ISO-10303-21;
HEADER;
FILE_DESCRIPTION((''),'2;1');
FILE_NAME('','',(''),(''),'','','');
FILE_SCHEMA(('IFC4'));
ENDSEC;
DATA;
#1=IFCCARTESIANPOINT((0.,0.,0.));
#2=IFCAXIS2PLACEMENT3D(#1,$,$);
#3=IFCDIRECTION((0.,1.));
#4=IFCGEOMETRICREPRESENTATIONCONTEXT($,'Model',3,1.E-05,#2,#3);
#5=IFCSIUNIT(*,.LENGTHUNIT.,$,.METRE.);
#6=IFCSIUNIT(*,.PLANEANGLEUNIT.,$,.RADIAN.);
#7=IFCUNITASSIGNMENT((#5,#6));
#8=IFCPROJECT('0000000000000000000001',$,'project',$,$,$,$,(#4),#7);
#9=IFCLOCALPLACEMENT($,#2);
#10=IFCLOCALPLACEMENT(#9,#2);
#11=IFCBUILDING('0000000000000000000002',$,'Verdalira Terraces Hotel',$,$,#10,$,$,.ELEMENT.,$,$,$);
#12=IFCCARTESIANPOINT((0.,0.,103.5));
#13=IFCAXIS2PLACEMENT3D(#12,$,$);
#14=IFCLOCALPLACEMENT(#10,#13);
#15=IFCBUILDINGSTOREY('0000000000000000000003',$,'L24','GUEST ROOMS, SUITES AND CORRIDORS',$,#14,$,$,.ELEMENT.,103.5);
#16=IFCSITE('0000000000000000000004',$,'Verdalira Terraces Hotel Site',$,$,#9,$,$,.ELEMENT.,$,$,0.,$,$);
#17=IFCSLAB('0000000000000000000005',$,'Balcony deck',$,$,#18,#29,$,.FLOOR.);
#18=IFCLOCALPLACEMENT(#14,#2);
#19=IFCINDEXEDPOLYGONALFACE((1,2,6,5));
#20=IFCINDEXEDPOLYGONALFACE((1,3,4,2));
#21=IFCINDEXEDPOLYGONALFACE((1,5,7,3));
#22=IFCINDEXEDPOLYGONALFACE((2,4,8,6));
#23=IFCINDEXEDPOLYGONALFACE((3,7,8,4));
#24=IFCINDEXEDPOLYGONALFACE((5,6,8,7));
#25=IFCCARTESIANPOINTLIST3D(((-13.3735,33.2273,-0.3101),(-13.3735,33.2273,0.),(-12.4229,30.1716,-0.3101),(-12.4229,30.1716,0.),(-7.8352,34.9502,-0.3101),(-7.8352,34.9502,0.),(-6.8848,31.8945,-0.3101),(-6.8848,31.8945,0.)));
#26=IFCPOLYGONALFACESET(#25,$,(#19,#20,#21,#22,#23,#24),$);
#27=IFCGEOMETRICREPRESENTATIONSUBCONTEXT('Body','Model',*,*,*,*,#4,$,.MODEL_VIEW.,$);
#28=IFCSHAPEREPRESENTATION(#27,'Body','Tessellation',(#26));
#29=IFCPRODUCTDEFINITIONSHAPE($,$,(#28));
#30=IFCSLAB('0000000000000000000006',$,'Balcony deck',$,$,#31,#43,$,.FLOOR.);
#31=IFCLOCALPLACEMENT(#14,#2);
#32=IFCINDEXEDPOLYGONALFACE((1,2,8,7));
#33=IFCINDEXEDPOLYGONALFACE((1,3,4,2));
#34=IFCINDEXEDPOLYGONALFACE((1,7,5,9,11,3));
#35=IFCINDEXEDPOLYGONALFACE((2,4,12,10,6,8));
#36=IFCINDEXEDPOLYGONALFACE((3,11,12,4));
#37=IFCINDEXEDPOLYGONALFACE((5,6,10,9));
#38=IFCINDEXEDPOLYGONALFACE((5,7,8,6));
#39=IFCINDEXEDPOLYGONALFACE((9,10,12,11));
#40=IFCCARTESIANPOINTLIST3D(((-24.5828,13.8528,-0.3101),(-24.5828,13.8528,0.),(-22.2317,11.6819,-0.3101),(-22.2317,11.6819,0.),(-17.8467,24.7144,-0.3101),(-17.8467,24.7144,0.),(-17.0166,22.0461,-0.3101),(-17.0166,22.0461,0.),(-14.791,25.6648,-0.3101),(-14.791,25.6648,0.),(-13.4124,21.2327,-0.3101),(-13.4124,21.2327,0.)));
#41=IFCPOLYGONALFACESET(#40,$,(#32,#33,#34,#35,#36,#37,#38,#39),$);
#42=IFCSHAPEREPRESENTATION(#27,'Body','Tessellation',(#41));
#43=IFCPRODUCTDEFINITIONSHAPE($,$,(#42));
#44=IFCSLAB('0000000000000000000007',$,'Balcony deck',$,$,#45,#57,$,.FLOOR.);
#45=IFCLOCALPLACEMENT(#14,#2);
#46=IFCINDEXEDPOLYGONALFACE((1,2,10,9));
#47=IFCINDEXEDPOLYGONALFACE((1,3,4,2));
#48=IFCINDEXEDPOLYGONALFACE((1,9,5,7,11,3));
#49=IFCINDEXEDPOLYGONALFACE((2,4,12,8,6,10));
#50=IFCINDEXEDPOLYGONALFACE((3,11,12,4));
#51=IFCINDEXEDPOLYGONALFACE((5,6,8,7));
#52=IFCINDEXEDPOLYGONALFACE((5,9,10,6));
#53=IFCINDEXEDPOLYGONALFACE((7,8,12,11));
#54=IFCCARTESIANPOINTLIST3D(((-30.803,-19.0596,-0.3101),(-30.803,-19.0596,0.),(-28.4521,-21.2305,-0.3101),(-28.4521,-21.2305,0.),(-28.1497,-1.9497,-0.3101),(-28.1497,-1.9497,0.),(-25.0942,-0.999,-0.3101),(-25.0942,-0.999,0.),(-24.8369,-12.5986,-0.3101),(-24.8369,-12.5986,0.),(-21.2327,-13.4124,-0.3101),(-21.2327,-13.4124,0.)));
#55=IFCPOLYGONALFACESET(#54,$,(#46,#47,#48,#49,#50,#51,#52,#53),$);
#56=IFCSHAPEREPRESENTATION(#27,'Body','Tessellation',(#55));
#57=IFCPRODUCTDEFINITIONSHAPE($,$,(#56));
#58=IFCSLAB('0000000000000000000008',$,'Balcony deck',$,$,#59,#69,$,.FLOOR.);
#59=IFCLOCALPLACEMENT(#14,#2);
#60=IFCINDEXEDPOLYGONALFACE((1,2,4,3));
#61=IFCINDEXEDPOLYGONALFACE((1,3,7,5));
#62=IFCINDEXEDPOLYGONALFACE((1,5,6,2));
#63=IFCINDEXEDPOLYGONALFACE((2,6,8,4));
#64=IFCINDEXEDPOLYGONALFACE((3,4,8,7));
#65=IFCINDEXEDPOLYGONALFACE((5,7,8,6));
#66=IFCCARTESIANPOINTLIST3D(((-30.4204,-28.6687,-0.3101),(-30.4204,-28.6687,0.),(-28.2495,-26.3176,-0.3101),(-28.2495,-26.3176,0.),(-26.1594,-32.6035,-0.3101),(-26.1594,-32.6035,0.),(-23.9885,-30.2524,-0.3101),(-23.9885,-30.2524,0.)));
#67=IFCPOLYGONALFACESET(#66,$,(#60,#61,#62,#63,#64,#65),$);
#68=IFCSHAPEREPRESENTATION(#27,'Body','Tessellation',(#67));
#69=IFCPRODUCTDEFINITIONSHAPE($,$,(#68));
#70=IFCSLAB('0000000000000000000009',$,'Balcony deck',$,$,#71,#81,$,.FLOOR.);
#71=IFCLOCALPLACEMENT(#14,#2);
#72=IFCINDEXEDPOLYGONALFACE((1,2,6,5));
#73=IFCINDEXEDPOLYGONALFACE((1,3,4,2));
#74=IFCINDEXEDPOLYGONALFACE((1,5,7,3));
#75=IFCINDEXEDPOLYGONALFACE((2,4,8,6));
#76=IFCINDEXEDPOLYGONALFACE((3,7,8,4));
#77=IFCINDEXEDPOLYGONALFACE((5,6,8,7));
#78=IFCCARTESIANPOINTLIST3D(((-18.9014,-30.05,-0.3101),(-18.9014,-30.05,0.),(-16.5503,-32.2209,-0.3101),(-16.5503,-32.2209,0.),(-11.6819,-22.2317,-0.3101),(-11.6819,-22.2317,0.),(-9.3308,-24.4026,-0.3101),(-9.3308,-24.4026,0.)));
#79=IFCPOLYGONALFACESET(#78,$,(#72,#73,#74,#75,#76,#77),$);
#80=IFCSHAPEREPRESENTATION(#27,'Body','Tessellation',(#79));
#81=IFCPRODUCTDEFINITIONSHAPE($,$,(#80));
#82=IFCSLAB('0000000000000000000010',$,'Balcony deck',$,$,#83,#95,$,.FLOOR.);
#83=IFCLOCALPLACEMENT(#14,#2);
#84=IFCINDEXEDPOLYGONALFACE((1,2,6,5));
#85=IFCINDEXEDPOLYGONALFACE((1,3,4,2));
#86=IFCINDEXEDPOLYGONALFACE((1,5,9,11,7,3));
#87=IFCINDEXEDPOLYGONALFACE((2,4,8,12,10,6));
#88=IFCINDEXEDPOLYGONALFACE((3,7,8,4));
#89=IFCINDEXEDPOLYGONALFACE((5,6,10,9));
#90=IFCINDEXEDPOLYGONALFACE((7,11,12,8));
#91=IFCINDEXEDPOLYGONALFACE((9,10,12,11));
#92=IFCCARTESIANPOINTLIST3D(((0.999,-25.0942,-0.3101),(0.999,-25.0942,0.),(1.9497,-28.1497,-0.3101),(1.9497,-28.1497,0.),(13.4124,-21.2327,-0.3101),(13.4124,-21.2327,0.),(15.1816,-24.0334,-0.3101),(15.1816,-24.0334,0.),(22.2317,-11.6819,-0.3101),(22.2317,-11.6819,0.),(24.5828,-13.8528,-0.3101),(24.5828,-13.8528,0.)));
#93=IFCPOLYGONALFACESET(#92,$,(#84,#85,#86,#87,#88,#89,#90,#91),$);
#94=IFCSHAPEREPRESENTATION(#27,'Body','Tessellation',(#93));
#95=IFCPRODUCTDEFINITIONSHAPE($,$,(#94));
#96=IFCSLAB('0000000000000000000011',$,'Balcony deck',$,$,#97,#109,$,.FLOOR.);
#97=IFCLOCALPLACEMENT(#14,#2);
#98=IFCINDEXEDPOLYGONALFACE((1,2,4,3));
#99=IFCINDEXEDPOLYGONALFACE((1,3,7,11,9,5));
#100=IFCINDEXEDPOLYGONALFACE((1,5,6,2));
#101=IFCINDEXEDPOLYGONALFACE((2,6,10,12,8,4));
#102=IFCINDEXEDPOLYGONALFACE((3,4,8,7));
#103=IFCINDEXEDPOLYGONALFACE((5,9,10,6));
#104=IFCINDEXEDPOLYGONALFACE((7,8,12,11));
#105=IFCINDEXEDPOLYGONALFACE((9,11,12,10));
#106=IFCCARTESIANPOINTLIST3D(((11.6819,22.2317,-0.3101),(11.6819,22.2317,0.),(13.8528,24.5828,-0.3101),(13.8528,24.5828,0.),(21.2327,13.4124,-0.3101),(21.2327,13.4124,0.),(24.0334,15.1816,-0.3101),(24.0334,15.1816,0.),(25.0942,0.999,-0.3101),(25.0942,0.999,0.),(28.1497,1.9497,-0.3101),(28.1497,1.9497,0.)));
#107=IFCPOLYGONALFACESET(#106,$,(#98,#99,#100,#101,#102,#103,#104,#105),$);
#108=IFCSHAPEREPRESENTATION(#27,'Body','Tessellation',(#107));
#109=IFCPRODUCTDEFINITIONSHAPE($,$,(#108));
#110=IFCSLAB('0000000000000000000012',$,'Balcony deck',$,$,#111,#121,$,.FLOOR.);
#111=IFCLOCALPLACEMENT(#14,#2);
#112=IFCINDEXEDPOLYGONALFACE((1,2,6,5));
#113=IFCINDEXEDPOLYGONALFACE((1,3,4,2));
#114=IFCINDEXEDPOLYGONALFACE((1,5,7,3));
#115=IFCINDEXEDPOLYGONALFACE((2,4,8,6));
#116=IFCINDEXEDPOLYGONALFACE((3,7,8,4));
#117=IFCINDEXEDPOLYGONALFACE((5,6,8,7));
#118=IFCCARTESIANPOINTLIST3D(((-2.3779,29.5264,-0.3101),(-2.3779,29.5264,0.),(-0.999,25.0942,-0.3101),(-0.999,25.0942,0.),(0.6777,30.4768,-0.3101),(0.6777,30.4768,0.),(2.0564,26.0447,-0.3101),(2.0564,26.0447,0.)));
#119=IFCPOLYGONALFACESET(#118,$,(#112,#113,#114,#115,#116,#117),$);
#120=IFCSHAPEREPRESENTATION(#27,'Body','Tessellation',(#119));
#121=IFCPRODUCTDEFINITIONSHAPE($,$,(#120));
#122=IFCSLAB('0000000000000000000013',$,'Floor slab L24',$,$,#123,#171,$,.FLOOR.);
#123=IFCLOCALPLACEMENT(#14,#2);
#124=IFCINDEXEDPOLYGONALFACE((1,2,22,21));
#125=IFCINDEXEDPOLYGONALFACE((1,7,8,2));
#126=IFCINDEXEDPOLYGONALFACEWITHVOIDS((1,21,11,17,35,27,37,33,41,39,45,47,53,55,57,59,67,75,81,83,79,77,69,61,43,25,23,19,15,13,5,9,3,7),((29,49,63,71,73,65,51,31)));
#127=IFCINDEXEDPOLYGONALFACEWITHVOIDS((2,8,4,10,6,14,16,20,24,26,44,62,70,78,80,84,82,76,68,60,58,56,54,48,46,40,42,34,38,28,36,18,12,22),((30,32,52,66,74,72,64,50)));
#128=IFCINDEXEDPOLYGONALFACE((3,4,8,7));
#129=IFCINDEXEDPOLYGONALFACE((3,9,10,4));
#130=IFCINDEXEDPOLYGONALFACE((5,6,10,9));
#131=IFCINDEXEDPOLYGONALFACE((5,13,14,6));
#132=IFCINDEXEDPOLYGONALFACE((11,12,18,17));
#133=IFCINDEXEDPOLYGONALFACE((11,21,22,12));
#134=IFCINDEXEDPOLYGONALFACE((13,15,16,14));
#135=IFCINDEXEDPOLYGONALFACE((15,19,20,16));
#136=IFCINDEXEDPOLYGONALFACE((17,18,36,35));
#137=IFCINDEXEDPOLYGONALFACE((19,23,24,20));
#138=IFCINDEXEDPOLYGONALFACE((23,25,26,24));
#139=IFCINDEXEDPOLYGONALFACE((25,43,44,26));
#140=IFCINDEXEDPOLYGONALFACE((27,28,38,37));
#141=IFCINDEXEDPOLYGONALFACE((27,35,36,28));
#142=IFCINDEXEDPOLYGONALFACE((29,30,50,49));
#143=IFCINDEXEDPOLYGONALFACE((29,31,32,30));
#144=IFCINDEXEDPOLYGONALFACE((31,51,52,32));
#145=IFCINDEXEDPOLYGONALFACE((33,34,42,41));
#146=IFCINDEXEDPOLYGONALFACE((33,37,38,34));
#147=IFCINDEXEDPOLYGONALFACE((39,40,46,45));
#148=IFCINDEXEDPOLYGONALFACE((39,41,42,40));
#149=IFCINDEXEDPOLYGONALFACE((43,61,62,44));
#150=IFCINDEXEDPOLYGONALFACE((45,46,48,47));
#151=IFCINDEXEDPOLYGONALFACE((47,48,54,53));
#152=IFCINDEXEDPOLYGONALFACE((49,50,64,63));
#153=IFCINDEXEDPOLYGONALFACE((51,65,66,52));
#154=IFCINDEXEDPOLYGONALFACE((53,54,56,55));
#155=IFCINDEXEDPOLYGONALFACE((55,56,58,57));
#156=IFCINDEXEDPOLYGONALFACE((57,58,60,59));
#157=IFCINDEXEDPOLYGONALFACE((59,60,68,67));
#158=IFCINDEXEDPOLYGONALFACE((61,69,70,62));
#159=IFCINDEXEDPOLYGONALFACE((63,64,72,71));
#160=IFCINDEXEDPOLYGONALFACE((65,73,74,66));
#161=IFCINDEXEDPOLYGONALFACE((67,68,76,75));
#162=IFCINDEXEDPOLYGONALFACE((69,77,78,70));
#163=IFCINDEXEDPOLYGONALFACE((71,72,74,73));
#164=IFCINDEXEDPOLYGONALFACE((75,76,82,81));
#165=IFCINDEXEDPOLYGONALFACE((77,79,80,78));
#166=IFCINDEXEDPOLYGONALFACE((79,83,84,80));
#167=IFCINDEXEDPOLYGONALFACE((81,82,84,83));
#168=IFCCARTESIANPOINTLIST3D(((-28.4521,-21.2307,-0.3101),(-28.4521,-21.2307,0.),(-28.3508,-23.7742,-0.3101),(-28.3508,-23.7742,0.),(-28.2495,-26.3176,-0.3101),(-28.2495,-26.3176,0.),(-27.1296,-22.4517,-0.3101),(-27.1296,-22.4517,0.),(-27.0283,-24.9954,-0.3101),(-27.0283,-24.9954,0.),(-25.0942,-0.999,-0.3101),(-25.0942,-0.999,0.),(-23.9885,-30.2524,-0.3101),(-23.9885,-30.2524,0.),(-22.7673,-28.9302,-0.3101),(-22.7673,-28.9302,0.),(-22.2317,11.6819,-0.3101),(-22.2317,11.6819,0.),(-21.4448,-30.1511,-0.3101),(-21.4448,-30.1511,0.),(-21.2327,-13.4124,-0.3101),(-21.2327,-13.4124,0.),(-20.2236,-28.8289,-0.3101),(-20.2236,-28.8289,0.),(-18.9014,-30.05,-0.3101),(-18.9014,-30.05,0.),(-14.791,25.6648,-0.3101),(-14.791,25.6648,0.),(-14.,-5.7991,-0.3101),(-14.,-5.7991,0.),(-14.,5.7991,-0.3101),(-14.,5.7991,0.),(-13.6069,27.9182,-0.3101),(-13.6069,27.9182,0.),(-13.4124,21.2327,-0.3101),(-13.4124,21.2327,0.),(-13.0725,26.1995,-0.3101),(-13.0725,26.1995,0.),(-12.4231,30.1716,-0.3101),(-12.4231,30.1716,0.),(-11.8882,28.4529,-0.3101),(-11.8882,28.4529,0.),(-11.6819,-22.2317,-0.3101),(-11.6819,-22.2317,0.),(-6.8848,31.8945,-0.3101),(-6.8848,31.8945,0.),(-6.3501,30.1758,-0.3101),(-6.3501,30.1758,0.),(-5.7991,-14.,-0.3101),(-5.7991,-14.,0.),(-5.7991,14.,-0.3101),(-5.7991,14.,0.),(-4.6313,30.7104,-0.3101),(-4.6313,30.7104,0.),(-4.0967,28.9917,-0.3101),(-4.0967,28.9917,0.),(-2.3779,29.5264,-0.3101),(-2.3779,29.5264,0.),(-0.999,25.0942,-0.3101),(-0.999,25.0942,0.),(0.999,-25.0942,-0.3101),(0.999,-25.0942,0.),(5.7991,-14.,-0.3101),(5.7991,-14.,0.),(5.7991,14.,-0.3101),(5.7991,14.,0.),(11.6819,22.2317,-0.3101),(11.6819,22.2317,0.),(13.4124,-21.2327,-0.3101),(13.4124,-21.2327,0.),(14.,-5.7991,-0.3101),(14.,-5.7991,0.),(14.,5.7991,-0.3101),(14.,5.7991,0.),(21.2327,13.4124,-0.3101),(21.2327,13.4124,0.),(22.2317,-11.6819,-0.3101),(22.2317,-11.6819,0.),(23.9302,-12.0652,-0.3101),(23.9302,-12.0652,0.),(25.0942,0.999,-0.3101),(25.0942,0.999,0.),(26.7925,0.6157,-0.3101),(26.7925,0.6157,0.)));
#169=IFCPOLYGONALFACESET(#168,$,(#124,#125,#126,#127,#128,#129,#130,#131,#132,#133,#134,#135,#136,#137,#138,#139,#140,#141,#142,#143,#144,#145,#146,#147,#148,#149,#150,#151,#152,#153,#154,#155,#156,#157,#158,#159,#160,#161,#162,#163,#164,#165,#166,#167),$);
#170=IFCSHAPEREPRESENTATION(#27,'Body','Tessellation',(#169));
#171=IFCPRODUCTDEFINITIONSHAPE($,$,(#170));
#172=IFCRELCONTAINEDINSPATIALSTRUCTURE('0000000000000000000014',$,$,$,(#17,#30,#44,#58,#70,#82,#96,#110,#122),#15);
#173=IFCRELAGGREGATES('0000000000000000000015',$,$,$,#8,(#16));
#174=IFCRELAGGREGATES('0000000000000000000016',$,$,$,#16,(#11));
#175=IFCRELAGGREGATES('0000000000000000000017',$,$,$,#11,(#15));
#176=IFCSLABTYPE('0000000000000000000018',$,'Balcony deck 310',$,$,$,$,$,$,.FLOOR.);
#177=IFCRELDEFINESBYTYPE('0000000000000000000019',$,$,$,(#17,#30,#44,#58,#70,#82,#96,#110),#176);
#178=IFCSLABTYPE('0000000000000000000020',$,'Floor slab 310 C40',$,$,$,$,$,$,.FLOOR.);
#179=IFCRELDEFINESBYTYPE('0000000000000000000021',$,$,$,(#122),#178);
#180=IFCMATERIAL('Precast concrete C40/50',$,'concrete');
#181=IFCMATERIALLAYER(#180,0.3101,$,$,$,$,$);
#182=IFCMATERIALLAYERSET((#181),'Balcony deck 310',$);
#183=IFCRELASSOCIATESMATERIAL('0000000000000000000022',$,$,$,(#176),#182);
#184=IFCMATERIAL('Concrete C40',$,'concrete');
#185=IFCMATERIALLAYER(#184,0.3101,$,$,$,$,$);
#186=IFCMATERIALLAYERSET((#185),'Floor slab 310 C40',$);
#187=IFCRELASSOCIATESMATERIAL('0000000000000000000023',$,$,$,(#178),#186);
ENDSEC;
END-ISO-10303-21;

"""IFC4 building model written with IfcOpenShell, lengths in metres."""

from ifc_helpers import new_model, si_unit, direction, frame, origin, place, context, subcontext, project, spatial, polyline, outline, extrude, material, layer, layer_set, type_object, element, save


model = new_model("IFC4")

# Units and contexts
model_context = context("Model", 3, precision=1e-05, world=origin(), true_north=direction((0.0, 1.0)))
body_context = subcontext(model_context, "Body", "Model", "MODEL_VIEW")
ifc_project = project(units=[si_unit("LENGTHUNIT", "METRE"), si_unit("PLANEANGLEUNIT", "RADIAN")], contexts=[model_context])

# Site, building, storey
site_placement = place(None, origin())
site = spatial("IfcSite", under=ifc_project, at=site_placement, Name="Verdalira Terraces Hotel Site", CompositionType="ELEMENT", RefElevation=0.0)
building_placement = place(site_placement, origin())
building = spatial("IfcBuilding", under=site, at=building_placement, Name="Verdalira Terraces Hotel", CompositionType="ELEMENT")
storey_placement = place(building_placement, frame((0.0, 0.0, 103.5)))
storey = spatial("IfcBuildingStorey", under=building, at=storey_placement, Name="L24", Description="GUEST ROOMS, SUITES AND CORRIDORS", CompositionType="ELEMENT", Elevation=103.5)

# Slabs
ifc_material_1 = material(Name="Precast concrete C40/50", Category="concrete")
ifc_layer_1 = layer(ifc_material_1, 0.3101)
ifc_layer_set_1 = layer_set([ifc_layer_1], Name="Balcony deck 310")
slab_type_1 = type_object("IfcSlabType", Name="Balcony deck 310", PredefinedType="FLOOR", material=ifc_layer_set_1)
slab_1_placement = place(storey_placement, frame((0.0, 0.0, -0.3101)))
element("IfcSlab", 1, at=slab_1_placement, inside=storey, type_object=slab_type_1, Name="Balcony deck", PredefinedType="FLOOR", context=body_context, shape_type="SweptSolid", body=[
    extrude(outline(polyline([(-13.3735, 33.2273), (-12.4229, 30.1716), (-6.8848, 31.8945), (-7.8352, 34.9502), (-13.3735, 33.2273)])), origin(), (0.0, 0.0, 1.0), 0.3101),
])
slab_2_placement = place(storey_placement, frame((0.0, 0.0, -0.3101)))
element("IfcSlab", 2, at=slab_2_placement, inside=storey, type_object=slab_type_1, Name="Balcony deck", PredefinedType="FLOOR", context=body_context, shape_type="SweptSolid", body=[
    extrude(outline(polyline([(-17.0166, 22.0461), (-24.5828, 13.8528), (-22.2317, 11.6819), (-13.4124, 21.2327), (-14.791, 25.6648), (-17.8467, 24.7144), (-17.0166, 22.0461)])), origin(), (0.0, 0.0, 1.0), 0.3101),
])
slab_3_placement = place(storey_placement, frame((0.0, 0.0, -0.3101)))
element("IfcSlab", 3, at=slab_3_placement, inside=storey, type_object=slab_type_1, Name="Balcony deck", PredefinedType="FLOOR", context=body_context, shape_type="SweptSolid", body=[
    extrude(outline(polyline([(-24.8369, -12.5986), (-30.803, -19.0596), (-28.4521, -21.2305), (-21.2327, -13.4124), (-25.0942, -0.999), (-28.1497, -1.9497), (-24.8369, -12.5986)])), origin(), (0.0, 0.0, 1.0), 0.3101),
])
slab_4_placement = place(storey_placement, frame((0.0, 0.0, -0.3101)))
element("IfcSlab", 4, at=slab_4_placement, inside=storey, type_object=slab_type_1, Name="Balcony deck", PredefinedType="FLOOR", context=body_context, shape_type="SweptSolid", body=[
    extrude(outline(polyline([(-26.1594, -32.6035), (-23.9885, -30.2524), (-28.2495, -26.3176), (-30.4204, -28.6687), (-26.1594, -32.6035)])), origin(), (0.0, 0.0, 1.0), 0.3101),
])
slab_5_placement = place(storey_placement, frame((0.0, 0.0, -0.3101)))
element("IfcSlab", 5, at=slab_5_placement, inside=storey, type_object=slab_type_1, Name="Balcony deck", PredefinedType="FLOOR", context=body_context, shape_type="SweptSolid", body=[
    extrude(outline(polyline([(-9.3308, -24.4026), (-11.6819, -22.2317), (-18.9014, -30.05), (-16.5503, -32.2209), (-9.3308, -24.4026)])), origin(), (0.0, 0.0, 1.0), 0.3101),
])
slab_6_placement = place(storey_placement, frame((0.0, 0.0, -0.3101)))
element("IfcSlab", 6, at=slab_6_placement, inside=storey, type_object=slab_type_1, Name="Balcony deck", PredefinedType="FLOOR", context=body_context, shape_type="SweptSolid", body=[
    extrude(outline(polyline([(24.5828, -13.8528), (22.2317, -11.6819), (13.4124, -21.2327), (0.999, -25.0942), (1.9497, -28.1497), (15.1816, -24.0334), (24.5828, -13.8528)])), origin(), (0.0, 0.0, 1.0), 0.3101),
])
slab_7_placement = place(storey_placement, frame((0.0, 0.0, -0.3101)))
element("IfcSlab", 7, at=slab_7_placement, inside=storey, type_object=slab_type_1, Name="Balcony deck", PredefinedType="FLOOR", context=body_context, shape_type="SweptSolid", body=[
    extrude(outline(polyline([(13.8528, 24.5828), (11.6819, 22.2317), (21.2327, 13.4124), (25.0942, 0.999), (28.1497, 1.9497), (24.0334, 15.1816), (13.8528, 24.5828)])), origin(), (0.0, 0.0, 1.0), 0.3101),
])
slab_8_placement = place(storey_placement, frame((0.0, 0.0, -0.3101)))
element("IfcSlab", 8, at=slab_8_placement, inside=storey, type_object=slab_type_1, Name="Balcony deck", PredefinedType="FLOOR", context=body_context, shape_type="SweptSolid", body=[
    extrude(outline(polyline([(0.6777, 30.4768), (-2.3779, 29.5264), (-0.999, 25.0942), (2.0564, 26.0447), (0.6777, 30.4768)])), origin(), (0.0, 0.0, 1.0), 0.3101),
])
ifc_material_2 = material(Name="Concrete C40", Category="concrete")
ifc_layer_2 = layer(ifc_material_2, 0.3101)
ifc_layer_set_2 = layer_set([ifc_layer_2], Name="Floor slab 310 C40")
slab_type_2 = type_object("IfcSlabType", Name="Floor slab 310 C40", PredefinedType="FLOOR", material=ifc_layer_set_2)
slab_9_placement = place(storey_placement, frame((0.0, 0.0, -0.3101)))
element("IfcSlab", 9, at=slab_9_placement, inside=storey, type_object=slab_type_2, Name="Floor slab L24", PredefinedType="FLOOR", context=body_context, shape_type="SweptSolid", body=[
    extrude(outline(polyline([(13.4124, -21.2327), (22.2317, -11.6819), (23.9302, -12.0652), (26.7925, 0.6157), (25.0942, 0.999), (21.2327, 13.4124), (11.6819, 22.2317), (-0.999, 25.0942), (-2.3779, 29.5264), (-4.0967, 28.9917), (-4.6313, 30.7104), (-6.3501, 30.1758), (-6.8848, 31.8945), (-12.4231, 30.1716), (-11.8882, 28.4529), (-13.6069, 27.9182), (-13.0725, 26.1995), (-14.791, 25.6648), (-13.4124, 21.2327), (-22.2317, 11.6819), (-25.0942, -0.999), (-21.2327, -13.4124), (-28.4521, -21.2307), (-27.1296, -22.4517), (-28.3508, -23.7742), (-27.0283, -24.9954), (-28.2495, -26.3176), (-23.9885, -30.2524), (-22.7673, -28.9302), (-21.4448, -30.1511), (-20.2236, -28.8289), (-18.9014, -30.05), (-11.6819, -22.2317), (0.999, -25.0942), (13.4124, -21.2327)]), holes=[polyline([(5.7991, 14.0), (14.0, 5.7991), (14.0, -5.7991), (5.7991, -14.0), (-5.7991, -14.0), (-14.0, -5.7991), (-14.0, 5.7991), (-5.7991, 14.0), (5.7991, 14.0)])]), origin(), (0.0, 0.0, 1.0), 0.3101),
])

save(model, "model.ifc")
